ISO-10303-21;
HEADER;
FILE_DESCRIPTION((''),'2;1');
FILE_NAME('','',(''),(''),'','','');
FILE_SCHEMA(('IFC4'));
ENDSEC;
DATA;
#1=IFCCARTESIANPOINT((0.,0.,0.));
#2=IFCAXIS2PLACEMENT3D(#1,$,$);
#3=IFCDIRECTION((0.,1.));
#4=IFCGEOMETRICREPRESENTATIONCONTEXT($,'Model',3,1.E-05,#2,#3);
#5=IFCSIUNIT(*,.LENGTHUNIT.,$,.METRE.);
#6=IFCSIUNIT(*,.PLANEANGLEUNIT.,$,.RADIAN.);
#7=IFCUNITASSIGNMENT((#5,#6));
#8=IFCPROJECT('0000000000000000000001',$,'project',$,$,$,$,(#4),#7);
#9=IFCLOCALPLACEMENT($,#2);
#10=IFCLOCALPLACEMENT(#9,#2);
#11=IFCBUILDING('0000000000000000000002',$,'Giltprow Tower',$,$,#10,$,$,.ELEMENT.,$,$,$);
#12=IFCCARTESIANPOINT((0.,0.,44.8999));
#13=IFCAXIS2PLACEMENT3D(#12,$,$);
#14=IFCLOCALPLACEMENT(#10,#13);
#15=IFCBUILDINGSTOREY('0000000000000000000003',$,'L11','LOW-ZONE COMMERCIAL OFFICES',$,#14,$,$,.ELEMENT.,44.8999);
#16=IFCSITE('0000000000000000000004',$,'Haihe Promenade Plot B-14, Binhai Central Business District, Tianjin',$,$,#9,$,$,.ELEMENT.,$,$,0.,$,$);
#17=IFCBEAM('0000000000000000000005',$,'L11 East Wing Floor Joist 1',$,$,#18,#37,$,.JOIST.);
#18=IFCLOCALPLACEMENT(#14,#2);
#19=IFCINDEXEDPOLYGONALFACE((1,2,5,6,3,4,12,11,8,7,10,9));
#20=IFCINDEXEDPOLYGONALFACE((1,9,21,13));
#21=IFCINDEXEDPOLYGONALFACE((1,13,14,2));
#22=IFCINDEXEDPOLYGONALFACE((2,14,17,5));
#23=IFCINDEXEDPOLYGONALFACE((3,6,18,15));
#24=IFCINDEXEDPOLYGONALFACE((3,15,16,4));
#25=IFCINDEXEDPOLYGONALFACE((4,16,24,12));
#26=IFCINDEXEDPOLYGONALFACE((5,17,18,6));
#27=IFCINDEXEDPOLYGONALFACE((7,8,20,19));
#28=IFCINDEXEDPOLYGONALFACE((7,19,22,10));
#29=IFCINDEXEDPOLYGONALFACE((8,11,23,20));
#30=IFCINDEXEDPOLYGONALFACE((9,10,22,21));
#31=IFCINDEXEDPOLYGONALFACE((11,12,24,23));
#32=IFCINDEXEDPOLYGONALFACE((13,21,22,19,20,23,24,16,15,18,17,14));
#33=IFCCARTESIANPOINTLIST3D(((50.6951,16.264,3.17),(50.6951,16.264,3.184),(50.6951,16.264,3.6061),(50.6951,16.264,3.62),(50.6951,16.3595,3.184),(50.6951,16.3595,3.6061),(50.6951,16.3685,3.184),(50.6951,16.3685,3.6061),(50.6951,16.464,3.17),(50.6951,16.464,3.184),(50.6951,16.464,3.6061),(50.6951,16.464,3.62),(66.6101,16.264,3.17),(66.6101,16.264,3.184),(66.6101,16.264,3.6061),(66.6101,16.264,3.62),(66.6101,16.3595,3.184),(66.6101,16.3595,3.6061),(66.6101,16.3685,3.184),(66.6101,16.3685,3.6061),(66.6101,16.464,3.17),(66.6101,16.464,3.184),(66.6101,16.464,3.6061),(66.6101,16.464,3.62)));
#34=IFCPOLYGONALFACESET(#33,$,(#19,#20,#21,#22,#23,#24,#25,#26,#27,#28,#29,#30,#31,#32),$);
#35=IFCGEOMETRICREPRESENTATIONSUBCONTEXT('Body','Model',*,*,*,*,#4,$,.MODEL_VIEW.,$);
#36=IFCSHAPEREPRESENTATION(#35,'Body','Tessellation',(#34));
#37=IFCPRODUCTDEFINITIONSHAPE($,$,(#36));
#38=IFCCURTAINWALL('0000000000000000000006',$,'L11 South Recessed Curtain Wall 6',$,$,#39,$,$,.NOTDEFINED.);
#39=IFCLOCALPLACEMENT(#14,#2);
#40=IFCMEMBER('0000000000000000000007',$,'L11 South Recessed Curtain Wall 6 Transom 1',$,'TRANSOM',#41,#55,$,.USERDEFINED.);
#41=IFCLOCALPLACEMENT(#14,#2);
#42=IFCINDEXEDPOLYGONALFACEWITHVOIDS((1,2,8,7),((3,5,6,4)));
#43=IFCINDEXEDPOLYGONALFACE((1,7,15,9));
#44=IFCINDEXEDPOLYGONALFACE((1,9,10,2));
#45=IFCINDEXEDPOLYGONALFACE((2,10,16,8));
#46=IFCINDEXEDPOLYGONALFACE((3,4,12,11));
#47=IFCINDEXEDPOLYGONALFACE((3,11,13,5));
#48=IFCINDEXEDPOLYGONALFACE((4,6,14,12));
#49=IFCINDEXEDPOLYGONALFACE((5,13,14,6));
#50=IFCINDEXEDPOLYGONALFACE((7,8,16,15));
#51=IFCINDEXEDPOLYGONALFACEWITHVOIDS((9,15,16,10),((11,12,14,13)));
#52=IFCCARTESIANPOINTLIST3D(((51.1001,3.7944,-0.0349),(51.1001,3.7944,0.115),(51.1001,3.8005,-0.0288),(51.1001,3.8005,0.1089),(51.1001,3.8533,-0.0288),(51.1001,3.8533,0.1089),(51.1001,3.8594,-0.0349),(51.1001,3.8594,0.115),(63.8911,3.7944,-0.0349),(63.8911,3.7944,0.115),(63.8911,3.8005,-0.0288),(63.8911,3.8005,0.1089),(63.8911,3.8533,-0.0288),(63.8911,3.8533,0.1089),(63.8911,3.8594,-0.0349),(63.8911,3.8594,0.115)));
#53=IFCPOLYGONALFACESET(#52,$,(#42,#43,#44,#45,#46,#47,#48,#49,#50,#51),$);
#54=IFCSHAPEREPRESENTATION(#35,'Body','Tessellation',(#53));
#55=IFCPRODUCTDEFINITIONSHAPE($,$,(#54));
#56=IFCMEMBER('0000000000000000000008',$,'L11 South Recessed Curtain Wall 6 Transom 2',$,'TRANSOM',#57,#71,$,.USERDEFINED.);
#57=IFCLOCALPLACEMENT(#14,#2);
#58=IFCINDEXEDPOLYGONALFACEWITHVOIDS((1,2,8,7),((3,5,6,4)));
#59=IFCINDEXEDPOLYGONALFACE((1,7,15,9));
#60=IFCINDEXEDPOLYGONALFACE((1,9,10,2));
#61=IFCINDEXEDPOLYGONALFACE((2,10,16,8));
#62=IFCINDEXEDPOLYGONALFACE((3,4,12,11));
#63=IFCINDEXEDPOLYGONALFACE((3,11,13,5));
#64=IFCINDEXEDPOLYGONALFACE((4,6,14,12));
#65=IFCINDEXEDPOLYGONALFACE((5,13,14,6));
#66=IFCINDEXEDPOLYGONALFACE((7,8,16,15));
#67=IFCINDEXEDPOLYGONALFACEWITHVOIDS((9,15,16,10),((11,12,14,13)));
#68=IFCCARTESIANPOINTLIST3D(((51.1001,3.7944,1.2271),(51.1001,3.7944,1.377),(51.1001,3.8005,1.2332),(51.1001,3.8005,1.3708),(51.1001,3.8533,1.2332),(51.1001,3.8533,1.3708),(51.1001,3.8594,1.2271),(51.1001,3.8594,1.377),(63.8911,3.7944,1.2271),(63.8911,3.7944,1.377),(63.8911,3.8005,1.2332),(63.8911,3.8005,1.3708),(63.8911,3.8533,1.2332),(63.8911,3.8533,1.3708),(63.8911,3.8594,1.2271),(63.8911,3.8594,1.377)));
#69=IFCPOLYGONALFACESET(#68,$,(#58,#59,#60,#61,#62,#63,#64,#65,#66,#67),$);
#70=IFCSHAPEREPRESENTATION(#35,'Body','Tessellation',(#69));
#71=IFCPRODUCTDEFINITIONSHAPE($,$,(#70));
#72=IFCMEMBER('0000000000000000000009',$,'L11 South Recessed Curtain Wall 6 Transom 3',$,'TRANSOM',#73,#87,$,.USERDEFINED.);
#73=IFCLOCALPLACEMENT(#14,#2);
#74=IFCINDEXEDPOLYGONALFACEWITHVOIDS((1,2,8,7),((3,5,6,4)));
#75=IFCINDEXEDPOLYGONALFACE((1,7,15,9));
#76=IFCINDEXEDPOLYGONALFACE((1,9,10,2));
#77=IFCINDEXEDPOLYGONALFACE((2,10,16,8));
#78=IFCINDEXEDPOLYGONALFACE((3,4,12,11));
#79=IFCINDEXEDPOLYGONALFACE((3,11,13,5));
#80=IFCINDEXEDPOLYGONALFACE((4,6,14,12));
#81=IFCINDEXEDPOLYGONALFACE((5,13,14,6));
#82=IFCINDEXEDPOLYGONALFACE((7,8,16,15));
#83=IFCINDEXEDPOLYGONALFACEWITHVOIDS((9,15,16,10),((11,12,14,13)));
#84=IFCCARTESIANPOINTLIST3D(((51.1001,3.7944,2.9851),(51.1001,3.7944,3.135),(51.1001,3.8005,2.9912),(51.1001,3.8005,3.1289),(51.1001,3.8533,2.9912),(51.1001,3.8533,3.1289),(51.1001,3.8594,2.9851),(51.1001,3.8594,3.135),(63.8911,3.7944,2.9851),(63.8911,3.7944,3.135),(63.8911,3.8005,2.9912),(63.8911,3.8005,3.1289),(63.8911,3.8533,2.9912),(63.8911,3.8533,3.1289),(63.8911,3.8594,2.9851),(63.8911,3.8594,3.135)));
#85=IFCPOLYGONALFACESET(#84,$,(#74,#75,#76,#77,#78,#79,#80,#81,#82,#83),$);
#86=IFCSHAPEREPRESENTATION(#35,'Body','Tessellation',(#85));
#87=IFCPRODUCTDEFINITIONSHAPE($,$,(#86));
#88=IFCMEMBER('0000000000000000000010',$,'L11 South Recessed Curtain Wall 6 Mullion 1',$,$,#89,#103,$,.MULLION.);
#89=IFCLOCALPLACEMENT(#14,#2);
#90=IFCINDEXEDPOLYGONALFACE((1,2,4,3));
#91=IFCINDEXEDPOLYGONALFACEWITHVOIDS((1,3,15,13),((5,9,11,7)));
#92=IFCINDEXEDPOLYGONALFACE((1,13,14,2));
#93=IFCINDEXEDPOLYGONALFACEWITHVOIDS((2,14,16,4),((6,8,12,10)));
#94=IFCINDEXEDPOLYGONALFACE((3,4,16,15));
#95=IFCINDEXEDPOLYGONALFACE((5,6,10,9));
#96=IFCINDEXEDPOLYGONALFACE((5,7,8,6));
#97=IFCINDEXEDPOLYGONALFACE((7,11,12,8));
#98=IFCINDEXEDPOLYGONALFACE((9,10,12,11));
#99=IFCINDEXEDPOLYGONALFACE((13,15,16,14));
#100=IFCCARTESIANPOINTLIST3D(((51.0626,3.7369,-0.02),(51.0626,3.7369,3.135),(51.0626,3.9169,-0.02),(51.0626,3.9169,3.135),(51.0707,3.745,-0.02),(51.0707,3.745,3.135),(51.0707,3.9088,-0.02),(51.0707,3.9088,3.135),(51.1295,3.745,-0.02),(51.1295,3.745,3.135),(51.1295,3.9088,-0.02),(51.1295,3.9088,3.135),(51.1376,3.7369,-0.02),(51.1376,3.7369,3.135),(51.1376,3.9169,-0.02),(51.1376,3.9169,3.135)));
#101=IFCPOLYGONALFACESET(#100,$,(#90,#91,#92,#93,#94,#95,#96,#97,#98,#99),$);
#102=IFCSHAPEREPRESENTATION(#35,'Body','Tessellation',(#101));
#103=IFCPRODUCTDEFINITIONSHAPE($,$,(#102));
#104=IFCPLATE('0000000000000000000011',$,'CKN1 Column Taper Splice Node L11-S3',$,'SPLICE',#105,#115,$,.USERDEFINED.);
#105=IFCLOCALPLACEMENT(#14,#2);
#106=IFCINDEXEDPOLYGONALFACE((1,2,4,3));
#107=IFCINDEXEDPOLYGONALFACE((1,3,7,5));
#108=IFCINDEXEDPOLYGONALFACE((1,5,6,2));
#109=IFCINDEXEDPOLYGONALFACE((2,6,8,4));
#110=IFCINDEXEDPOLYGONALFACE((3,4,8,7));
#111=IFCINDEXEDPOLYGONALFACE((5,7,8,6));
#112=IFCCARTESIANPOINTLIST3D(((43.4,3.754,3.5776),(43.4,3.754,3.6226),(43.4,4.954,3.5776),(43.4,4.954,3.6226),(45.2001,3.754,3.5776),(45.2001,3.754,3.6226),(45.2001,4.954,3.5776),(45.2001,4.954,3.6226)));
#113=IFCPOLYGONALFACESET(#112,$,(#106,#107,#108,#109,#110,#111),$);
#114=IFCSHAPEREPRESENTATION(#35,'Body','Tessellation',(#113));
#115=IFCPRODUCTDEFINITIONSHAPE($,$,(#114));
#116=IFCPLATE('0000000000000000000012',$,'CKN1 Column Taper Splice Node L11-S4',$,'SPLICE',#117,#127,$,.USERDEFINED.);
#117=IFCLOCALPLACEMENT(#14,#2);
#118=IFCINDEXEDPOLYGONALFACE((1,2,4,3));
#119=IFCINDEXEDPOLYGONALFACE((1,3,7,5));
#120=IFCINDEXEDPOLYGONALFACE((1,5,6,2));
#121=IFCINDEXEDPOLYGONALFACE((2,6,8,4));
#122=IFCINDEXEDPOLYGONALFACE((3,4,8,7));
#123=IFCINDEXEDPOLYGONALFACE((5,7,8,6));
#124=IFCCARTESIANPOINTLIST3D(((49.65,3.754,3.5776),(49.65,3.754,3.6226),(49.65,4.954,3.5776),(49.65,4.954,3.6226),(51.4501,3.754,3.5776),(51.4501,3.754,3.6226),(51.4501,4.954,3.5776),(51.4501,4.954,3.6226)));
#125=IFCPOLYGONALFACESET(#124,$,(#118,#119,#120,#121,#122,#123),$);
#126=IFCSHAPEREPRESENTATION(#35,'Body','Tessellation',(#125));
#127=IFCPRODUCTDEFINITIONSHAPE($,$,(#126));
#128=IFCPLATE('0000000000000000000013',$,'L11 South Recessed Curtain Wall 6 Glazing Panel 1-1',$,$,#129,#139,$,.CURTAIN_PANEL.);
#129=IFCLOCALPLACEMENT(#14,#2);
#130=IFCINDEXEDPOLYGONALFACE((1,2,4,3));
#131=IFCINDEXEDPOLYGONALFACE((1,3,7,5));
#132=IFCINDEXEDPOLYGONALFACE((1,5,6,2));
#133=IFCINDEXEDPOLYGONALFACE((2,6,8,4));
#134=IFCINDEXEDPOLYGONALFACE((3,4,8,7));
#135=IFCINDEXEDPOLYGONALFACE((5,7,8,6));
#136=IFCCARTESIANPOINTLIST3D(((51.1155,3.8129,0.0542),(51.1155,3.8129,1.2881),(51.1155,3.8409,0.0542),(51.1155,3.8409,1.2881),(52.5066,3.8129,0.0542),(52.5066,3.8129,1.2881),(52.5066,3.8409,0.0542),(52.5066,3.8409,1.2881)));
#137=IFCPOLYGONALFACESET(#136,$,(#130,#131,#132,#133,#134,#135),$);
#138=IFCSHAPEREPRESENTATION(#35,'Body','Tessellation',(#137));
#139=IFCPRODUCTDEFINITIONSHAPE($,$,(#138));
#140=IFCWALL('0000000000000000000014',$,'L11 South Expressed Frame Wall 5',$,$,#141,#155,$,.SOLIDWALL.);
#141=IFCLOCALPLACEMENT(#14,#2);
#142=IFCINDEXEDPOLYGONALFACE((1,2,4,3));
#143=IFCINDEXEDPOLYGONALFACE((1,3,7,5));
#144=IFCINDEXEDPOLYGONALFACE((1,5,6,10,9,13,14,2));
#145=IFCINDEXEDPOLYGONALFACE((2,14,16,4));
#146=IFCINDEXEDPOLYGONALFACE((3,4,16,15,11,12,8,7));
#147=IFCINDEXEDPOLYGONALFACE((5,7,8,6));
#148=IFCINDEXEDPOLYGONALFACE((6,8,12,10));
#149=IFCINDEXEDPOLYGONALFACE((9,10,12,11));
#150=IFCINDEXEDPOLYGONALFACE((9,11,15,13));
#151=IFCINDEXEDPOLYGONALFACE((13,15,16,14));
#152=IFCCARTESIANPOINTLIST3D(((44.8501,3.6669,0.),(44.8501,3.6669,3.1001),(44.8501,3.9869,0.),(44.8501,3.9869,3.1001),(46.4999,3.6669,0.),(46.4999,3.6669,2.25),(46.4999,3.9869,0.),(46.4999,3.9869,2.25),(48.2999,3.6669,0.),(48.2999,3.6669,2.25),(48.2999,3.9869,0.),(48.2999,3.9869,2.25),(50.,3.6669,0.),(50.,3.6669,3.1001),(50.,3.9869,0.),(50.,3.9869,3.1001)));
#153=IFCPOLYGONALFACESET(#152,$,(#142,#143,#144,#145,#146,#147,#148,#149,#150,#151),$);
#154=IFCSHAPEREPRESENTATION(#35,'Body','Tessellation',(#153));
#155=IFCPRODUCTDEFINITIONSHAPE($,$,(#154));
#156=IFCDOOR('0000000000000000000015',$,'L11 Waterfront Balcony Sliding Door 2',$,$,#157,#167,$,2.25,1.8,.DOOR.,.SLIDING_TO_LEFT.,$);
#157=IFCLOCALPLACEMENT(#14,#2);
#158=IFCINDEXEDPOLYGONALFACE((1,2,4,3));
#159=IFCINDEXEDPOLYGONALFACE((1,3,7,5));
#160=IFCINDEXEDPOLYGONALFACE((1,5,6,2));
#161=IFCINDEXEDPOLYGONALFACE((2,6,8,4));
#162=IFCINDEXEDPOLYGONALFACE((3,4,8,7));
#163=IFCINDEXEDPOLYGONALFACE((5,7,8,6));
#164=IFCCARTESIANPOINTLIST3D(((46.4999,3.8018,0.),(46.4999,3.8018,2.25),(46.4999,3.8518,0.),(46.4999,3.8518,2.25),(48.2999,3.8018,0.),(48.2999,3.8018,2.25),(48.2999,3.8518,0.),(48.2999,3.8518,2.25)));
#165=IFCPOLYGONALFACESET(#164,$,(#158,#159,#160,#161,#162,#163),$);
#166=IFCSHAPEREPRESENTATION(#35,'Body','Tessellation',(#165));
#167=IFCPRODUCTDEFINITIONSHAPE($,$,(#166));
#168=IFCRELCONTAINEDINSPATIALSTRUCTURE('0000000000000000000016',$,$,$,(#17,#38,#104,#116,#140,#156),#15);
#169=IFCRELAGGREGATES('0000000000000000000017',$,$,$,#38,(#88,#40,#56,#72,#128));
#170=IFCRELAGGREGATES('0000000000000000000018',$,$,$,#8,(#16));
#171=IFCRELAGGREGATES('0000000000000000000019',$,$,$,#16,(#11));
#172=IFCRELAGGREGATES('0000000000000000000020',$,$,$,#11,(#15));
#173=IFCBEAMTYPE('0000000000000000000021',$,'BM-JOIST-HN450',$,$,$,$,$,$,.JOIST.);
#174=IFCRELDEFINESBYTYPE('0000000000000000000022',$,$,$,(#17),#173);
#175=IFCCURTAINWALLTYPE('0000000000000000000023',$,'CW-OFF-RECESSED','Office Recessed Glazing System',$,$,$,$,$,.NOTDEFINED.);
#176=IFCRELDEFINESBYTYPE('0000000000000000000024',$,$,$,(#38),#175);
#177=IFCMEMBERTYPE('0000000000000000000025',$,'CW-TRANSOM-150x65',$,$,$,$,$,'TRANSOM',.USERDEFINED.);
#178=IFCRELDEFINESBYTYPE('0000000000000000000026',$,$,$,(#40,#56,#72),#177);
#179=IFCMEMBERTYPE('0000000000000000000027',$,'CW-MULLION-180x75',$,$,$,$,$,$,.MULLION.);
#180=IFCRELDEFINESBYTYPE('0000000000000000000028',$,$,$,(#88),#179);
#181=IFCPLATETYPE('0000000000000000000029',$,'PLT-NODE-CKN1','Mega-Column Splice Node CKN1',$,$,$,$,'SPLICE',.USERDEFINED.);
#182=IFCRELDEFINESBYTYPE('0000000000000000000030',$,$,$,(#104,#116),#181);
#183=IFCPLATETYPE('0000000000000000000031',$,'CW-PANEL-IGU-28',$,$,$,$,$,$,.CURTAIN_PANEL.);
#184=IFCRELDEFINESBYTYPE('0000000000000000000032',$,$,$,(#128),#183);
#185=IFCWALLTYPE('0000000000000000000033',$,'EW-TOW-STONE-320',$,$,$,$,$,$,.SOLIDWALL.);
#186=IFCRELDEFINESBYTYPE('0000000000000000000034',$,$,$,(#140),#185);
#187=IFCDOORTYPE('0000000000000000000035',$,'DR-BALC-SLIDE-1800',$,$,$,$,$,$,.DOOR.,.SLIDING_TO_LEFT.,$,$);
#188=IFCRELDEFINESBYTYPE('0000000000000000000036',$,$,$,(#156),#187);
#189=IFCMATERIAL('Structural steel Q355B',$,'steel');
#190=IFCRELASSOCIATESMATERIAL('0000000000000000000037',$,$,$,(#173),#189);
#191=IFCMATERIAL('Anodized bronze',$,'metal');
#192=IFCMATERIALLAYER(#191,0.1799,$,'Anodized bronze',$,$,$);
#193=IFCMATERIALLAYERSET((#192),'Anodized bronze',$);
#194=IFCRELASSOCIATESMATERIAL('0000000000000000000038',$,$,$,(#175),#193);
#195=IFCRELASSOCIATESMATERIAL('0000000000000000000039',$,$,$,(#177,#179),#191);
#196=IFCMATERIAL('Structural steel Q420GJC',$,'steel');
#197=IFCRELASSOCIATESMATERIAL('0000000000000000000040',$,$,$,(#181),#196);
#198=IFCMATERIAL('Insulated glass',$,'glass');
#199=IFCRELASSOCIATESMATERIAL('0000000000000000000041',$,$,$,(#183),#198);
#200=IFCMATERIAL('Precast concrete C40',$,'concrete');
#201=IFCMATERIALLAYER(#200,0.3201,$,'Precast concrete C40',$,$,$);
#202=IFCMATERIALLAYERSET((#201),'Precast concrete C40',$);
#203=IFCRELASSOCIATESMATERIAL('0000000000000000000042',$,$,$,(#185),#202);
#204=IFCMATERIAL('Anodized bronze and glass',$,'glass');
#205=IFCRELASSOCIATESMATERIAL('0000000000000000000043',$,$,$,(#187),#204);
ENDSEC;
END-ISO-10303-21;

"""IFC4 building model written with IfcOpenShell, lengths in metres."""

from ifc_helpers import new_model, si_unit, direction, frame, frame_2d, origin, origin_2d, place, context, subcontext, project, spatial, rectangle, hollow_rectangle, i_section, extrude, source, transform, mapped, material, layer, layer_set, material_profile, profile_set, type_object, element, fill, aggregate, save


model = new_model("IFC4")

# Units and contexts
model_context = context("Model", 3, precision=1e-05, world=origin(), true_north=direction((0.0, 1.0)))
body_context = subcontext(model_context, "Body", "Model", "MODEL_VIEW")
ifc_project = project(units=[si_unit("LENGTHUNIT", "METRE"), si_unit("PLANEANGLEUNIT", "RADIAN")], contexts=[model_context])

# Site, building, storey
site_placement = place(None, origin())
site = spatial("IfcSite", under=ifc_project, at=site_placement, Name="Haihe Promenade Plot B-14, Binhai Central Business District, Tianjin", CompositionType="ELEMENT", RefElevation=0.0)
building_placement = place(site_placement, origin())
building = spatial("IfcBuilding", under=site, at=building_placement, Name="Giltprow Tower", CompositionType="ELEMENT")
storey_placement = place(building_placement, frame((0.0, 0.0, 44.8999)))
storey = spatial("IfcBuildingStorey", under=building, at=storey_placement, Name="L11", Description="LOW-ZONE COMMERCIAL OFFICES", CompositionType="ELEMENT", Elevation=44.8999)

# Shared definitions
ifc_material_1 = material(Name="Structural steel Q420GJC", Category="steel")

# Beam
ifc_material_2 = material(Name="Structural steel Q355B", Category="steel")
ifc_material_profile_1 = material_profile(ifc_material_2, i_section(OverallWidth=0.2, OverallDepth=0.45, WebThickness=0.009, FlangeThickness=0.0139, at=origin_2d()), Name="HN 450x200x9x14")
ifc_profile_set_1 = profile_set([ifc_material_profile_1], Name="Structural steel Q355B")
beam_type_1 = type_object("IfcBeamType", Name="BM-JOIST-HN450", PredefinedType="JOIST", material=ifc_profile_set_1)
shared_shape_1 = source(origin(), body_context, "Body", "SweptSolid", [
    extrude(i_section(OverallWidth=0.2, OverallDepth=0.45, WebThickness=0.009, FlangeThickness=0.0139, at=origin_2d()), origin(), (0.0, 0.0, 1.0), 15.915),
])
beam_1_placement = place(storey_placement, frame((50.6951, 16.364, 3.395), z_axis=(1.0, 0.0, 0.0), x_axis=(0.0, 1.0, 0.0)))
element("IfcBeam", 1, at=beam_1_placement, inside=storey, type_object=beam_type_1, Name="L11 East Wing Floor Joist 1", PredefinedType="JOIST", context=body_context, shape_type="MappedRepresentation", body=[
    mapped(shared_shape_1, transform((0.0, 0.0, 0.0), x_axis=(1.0, 0.0, 0.0), y_axis=(0.0, 1.0, 0.0), z_axis=(0.0, 0.0, 1.0), scale=1.0)),
])

# Curtain wall, members
ifc_material_3 = material(Name="Anodized bronze", Category="metal")
ifc_layer_1 = layer(ifc_material_3, 0.1799, Name="Anodized bronze")
ifc_layer_set_1 = layer_set([ifc_layer_1], Name="Anodized bronze")
curtain_wall_type = type_object("IfcCurtainWallType", Name="CW-OFF-RECESSED", Description="Office Recessed Glazing System", PredefinedType="NOTDEFINED", material=ifc_layer_set_1)
curtain_wall_placement = place(storey_placement, origin())
curtain_wall = element("IfcCurtainWall", 2, at=curtain_wall_placement, inside=storey, type_object=curtain_wall_type, Name="L11 South Recessed Curtain Wall 6", PredefinedType="NOTDEFINED")
ifc_material_profile_2 = material_profile(ifc_material_3, hollow_rectangle(XDim=0.0649, YDim=0.1499, WallThickness=0.0061, at=origin_2d()), Name="RHS 150x65x6")
ifc_profile_set_2 = profile_set([ifc_material_profile_2], Name="Anodized bronze")
member_type_1 = type_object("IfcMemberType", Name="CW-TRANSOM-150x65", ElementType="TRANSOM", PredefinedType="USERDEFINED", material=ifc_profile_set_2)
shared_shape_2 = source(origin(), body_context, "Body", "SweptSolid", [
    extrude(hollow_rectangle(XDim=0.0649, YDim=0.1499, WallThickness=0.0061, at=origin_2d()), origin(), (0.0, 0.0, 1.0), 12.791),
])
member_1_placement = place(storey_placement, frame((51.1001, 3.8269, 0.04), z_axis=(1.0, 0.0, 0.0), x_axis=(0.0, 1.0, 0.0)))
member_1 = element("IfcMember", 3, at=member_1_placement, type_object=member_type_1, Name="L11 South Recessed Curtain Wall 6 Transom 1", ObjectType="TRANSOM", PredefinedType="USERDEFINED", context=body_context, shape_type="MappedRepresentation", body=[
    mapped(shared_shape_2, transform((0.0, 0.0, 0.0), x_axis=(1.0, 0.0, 0.0), y_axis=(0.0, 1.0, 0.0), z_axis=(0.0, 0.0, 1.0), scale=1.0)),
])
member_2_placement = place(storey_placement, frame((51.1001, 3.8269, 1.302), z_axis=(1.0, 0.0, 0.0), x_axis=(0.0, 1.0, 0.0)))
member_2 = element("IfcMember", 4, at=member_2_placement, type_object=member_type_1, Name="L11 South Recessed Curtain Wall 6 Transom 2", ObjectType="TRANSOM", PredefinedType="USERDEFINED", context=body_context, shape_type="MappedRepresentation", body=[
    mapped(shared_shape_2, transform((0.0, 0.0, 0.0), x_axis=(1.0, 0.0, 0.0), y_axis=(0.0, 1.0, 0.0), z_axis=(0.0, 0.0, 1.0), scale=1.0)),
])
member_3_placement = place(storey_placement, frame((51.1001, 3.8269, 3.0601), z_axis=(1.0, 0.0, 0.0), x_axis=(0.0, 1.0, 0.0)))
member_3 = element("IfcMember", 5, at=member_3_placement, type_object=member_type_1, Name="L11 South Recessed Curtain Wall 6 Transom 3", ObjectType="TRANSOM", PredefinedType="USERDEFINED", context=body_context, shape_type="MappedRepresentation", body=[
    mapped(shared_shape_2, transform((0.0, 0.0, 0.0), x_axis=(1.0, 0.0, 0.0), y_axis=(0.0, 1.0, 0.0), z_axis=(0.0, 0.0, 1.0), scale=1.0)),
])
ifc_material_profile_3 = material_profile(ifc_material_3, hollow_rectangle(XDim=0.075, YDim=0.1799, WallThickness=0.0081, at=origin_2d()), Name="RHS 180x75x8")
ifc_profile_set_3 = profile_set([ifc_material_profile_3], Name="Anodized bronze")
member_type_2 = type_object("IfcMemberType", Name="CW-MULLION-180x75", PredefinedType="MULLION", material=ifc_profile_set_3)
shared_shape_3 = source(origin(), body_context, "Body", "SweptSolid", [
    extrude(hollow_rectangle(XDim=0.075, YDim=0.1799, WallThickness=0.0081, at=origin_2d()), origin(), (0.0, 0.0, 1.0), 3.155),
])
member_4_placement = place(storey_placement, frame((51.1001, 3.8269, -0.02), z_axis=(0.0, 0.0, 1.0), x_axis=(1.0, 0.0, 0.0)))
member_4 = element("IfcMember", 6, at=member_4_placement, type_object=member_type_2, Name="L11 South Recessed Curtain Wall 6 Mullion 1", PredefinedType="MULLION", context=body_context, shape_type="MappedRepresentation", body=[
    mapped(shared_shape_3, transform((0.0, 0.0, 0.0), x_axis=(1.0, 0.0, 0.0), y_axis=(0.0, 1.0, 0.0), z_axis=(0.0, 0.0, 1.0), scale=1.0)),
])

# Plates
plate_type_1 = type_object("IfcPlateType", Name="PLT-NODE-CKN1", Description="Mega-Column Splice Node CKN1", ElementType="SPLICE", PredefinedType="USERDEFINED", material=ifc_material_1)
shared_shape_4 = source(origin(), body_context, "Body", "SweptSolid", [
    extrude(rectangle(XDim=1.8, YDim=1.2, at=origin_2d()), origin(), (0.0, 0.0, 1.0), 0.0449),
])
for number, where, z_axis, x_axis, name in (
    (7, (44.3, 4.354, 3.5776), (0.0, 0.0, 1.0), (1.0, 0.0, 0.0), "CKN1 Column Taper Splice Node L11-S3"),
    (8, (50.55, 4.354, 3.5776), (0.0, 0.0, 1.0), (1.0, 0.0, 0.0), "CKN1 Column Taper Splice Node L11-S4"),
):
    element("IfcPlate", number, at=place(storey_placement, frame(where, z_axis=z_axis, x_axis=x_axis)), inside=storey, type_object=plate_type_1, Name=name, ObjectType="SPLICE", PredefinedType="USERDEFINED", context=body_context, shape_type="MappedRepresentation", body=[
        mapped(shared_shape_4, transform((0.0, 0.0, 0.0), x_axis=(1.0, 0.0, 0.0), y_axis=(0.0, 1.0, 0.0), z_axis=(0.0, 0.0, 1.0), scale=1.0)),
    ])

# Plate
ifc_material_4 = material(Name="Insulated glass", Category="glass")
plate_type_2 = type_object("IfcPlateType", Name="CW-PANEL-IGU-28", PredefinedType="CURTAIN_PANEL", material=ifc_material_4)
shared_shape_5 = source(origin(), body_context, "Body", "SweptSolid", [
    extrude(rectangle(XDim=1.3911, YDim=0.0281, at=origin_2d()), origin(), (0.0, 0.0, 1.0), 1.2339),
])
plate_placement = place(storey_placement, frame((51.811, 3.8269, 0.0542), z_axis=(0.0, 0.0, 1.0), x_axis=(1.0, 0.0, 0.0)))
plate = element("IfcPlate", 9, at=plate_placement, type_object=plate_type_2, Name="L11 South Recessed Curtain Wall 6 Glazing Panel 1-1", PredefinedType="CURTAIN_PANEL", context=body_context, shape_type="MappedRepresentation", body=[
    mapped(shared_shape_5, transform((0.0, 0.0, 0.0), x_axis=(1.0, 0.0, 0.0), y_axis=(0.0, 1.0, 0.0), z_axis=(0.0, 0.0, 1.0), scale=1.0)),
])
aggregate(curtain_wall, [member_4, member_1, member_2, member_3, plate])

# Wall, opening, door
ifc_material_5 = material(Name="Precast concrete C40", Category="concrete")
ifc_layer_2 = layer(ifc_material_5, 0.3201, Name="Precast concrete C40")
ifc_layer_set_2 = layer_set([ifc_layer_2], Name="Precast concrete C40")
wall_type = type_object("IfcWallType", Name="EW-TOW-STONE-320", PredefinedType="SOLIDWALL", material=ifc_layer_set_2)
wall_placement = place(storey_placement, frame((44.8501, 3.8269, 0.0), z_axis=(0.0, 0.0, 1.0), x_axis=(1.0, 0.0, 0.0)))
wall = element("IfcWall", 10, at=wall_placement, inside=storey, type_object=wall_type, Name="L11 South Expressed Frame Wall 5", PredefinedType="SOLIDWALL", context=body_context, shape_type="SweptSolid", body=[
    extrude(rectangle(XDim=5.1499, YDim=0.3201, at=frame_2d((2.575, 0.0))), origin(), (0.0, 0.0, 1.0), 3.1001),
])
opening_placement = place(wall_placement, frame((1.6499, 0.0, 0.0)))
opening = element("IfcOpeningElement", 11, at=opening_placement, cuts=wall, PredefinedType="OPENING", context=body_context, shape_type="SweptSolid", body=[
    extrude(rectangle(XDim=1.8, YDim=2.25, at=frame_2d((0.8999, 1.125))), frame((0.0, 0.1699, 0.0), z_axis=(0.0, -1.0, 0.0), x_axis=(1.0, 0.0, 0.0)), (0.0, 0.0, 1.0), 0.3401),
])
ifc_material_6 = material(Name="Anodized bronze and glass", Category="glass")
door_type = type_object("IfcDoorType", Name="DR-BALC-SLIDE-1800", OperationType="SLIDING_TO_LEFT", PredefinedType="DOOR", material=ifc_material_6)
shared_shape_6 = source(origin(), body_context, "Body", "SweptSolid", [
    extrude(rectangle(XDim=1.8, YDim=2.25, at=frame_2d((0.8999, 1.125))), frame((0.0, 0.0249, 0.0), z_axis=(0.0, -1.0, 0.0), x_axis=(1.0, 0.0, 0.0)), (0.0, 0.0, 1.0), 0.05),
])
door_placement = place(opening_placement, origin())
door = element("IfcDoor", 12, at=door_placement, inside=storey, type_object=door_type, Name="L11 Waterfront Balcony Sliding Door 2", OperationType="SLIDING_TO_LEFT", OverallHeight=2.25, OverallWidth=1.8, PredefinedType="DOOR", context=body_context, shape_type="MappedRepresentation", body=[
    mapped(shared_shape_6, transform((0.0, 0.0, 0.0), x_axis=(1.0, 0.0, 0.0), y_axis=(0.0, 1.0, 0.0), z_axis=(0.0, 0.0, 1.0), scale=1.0)),
])
fill(opening, door)

save(model, "model.ifc")
